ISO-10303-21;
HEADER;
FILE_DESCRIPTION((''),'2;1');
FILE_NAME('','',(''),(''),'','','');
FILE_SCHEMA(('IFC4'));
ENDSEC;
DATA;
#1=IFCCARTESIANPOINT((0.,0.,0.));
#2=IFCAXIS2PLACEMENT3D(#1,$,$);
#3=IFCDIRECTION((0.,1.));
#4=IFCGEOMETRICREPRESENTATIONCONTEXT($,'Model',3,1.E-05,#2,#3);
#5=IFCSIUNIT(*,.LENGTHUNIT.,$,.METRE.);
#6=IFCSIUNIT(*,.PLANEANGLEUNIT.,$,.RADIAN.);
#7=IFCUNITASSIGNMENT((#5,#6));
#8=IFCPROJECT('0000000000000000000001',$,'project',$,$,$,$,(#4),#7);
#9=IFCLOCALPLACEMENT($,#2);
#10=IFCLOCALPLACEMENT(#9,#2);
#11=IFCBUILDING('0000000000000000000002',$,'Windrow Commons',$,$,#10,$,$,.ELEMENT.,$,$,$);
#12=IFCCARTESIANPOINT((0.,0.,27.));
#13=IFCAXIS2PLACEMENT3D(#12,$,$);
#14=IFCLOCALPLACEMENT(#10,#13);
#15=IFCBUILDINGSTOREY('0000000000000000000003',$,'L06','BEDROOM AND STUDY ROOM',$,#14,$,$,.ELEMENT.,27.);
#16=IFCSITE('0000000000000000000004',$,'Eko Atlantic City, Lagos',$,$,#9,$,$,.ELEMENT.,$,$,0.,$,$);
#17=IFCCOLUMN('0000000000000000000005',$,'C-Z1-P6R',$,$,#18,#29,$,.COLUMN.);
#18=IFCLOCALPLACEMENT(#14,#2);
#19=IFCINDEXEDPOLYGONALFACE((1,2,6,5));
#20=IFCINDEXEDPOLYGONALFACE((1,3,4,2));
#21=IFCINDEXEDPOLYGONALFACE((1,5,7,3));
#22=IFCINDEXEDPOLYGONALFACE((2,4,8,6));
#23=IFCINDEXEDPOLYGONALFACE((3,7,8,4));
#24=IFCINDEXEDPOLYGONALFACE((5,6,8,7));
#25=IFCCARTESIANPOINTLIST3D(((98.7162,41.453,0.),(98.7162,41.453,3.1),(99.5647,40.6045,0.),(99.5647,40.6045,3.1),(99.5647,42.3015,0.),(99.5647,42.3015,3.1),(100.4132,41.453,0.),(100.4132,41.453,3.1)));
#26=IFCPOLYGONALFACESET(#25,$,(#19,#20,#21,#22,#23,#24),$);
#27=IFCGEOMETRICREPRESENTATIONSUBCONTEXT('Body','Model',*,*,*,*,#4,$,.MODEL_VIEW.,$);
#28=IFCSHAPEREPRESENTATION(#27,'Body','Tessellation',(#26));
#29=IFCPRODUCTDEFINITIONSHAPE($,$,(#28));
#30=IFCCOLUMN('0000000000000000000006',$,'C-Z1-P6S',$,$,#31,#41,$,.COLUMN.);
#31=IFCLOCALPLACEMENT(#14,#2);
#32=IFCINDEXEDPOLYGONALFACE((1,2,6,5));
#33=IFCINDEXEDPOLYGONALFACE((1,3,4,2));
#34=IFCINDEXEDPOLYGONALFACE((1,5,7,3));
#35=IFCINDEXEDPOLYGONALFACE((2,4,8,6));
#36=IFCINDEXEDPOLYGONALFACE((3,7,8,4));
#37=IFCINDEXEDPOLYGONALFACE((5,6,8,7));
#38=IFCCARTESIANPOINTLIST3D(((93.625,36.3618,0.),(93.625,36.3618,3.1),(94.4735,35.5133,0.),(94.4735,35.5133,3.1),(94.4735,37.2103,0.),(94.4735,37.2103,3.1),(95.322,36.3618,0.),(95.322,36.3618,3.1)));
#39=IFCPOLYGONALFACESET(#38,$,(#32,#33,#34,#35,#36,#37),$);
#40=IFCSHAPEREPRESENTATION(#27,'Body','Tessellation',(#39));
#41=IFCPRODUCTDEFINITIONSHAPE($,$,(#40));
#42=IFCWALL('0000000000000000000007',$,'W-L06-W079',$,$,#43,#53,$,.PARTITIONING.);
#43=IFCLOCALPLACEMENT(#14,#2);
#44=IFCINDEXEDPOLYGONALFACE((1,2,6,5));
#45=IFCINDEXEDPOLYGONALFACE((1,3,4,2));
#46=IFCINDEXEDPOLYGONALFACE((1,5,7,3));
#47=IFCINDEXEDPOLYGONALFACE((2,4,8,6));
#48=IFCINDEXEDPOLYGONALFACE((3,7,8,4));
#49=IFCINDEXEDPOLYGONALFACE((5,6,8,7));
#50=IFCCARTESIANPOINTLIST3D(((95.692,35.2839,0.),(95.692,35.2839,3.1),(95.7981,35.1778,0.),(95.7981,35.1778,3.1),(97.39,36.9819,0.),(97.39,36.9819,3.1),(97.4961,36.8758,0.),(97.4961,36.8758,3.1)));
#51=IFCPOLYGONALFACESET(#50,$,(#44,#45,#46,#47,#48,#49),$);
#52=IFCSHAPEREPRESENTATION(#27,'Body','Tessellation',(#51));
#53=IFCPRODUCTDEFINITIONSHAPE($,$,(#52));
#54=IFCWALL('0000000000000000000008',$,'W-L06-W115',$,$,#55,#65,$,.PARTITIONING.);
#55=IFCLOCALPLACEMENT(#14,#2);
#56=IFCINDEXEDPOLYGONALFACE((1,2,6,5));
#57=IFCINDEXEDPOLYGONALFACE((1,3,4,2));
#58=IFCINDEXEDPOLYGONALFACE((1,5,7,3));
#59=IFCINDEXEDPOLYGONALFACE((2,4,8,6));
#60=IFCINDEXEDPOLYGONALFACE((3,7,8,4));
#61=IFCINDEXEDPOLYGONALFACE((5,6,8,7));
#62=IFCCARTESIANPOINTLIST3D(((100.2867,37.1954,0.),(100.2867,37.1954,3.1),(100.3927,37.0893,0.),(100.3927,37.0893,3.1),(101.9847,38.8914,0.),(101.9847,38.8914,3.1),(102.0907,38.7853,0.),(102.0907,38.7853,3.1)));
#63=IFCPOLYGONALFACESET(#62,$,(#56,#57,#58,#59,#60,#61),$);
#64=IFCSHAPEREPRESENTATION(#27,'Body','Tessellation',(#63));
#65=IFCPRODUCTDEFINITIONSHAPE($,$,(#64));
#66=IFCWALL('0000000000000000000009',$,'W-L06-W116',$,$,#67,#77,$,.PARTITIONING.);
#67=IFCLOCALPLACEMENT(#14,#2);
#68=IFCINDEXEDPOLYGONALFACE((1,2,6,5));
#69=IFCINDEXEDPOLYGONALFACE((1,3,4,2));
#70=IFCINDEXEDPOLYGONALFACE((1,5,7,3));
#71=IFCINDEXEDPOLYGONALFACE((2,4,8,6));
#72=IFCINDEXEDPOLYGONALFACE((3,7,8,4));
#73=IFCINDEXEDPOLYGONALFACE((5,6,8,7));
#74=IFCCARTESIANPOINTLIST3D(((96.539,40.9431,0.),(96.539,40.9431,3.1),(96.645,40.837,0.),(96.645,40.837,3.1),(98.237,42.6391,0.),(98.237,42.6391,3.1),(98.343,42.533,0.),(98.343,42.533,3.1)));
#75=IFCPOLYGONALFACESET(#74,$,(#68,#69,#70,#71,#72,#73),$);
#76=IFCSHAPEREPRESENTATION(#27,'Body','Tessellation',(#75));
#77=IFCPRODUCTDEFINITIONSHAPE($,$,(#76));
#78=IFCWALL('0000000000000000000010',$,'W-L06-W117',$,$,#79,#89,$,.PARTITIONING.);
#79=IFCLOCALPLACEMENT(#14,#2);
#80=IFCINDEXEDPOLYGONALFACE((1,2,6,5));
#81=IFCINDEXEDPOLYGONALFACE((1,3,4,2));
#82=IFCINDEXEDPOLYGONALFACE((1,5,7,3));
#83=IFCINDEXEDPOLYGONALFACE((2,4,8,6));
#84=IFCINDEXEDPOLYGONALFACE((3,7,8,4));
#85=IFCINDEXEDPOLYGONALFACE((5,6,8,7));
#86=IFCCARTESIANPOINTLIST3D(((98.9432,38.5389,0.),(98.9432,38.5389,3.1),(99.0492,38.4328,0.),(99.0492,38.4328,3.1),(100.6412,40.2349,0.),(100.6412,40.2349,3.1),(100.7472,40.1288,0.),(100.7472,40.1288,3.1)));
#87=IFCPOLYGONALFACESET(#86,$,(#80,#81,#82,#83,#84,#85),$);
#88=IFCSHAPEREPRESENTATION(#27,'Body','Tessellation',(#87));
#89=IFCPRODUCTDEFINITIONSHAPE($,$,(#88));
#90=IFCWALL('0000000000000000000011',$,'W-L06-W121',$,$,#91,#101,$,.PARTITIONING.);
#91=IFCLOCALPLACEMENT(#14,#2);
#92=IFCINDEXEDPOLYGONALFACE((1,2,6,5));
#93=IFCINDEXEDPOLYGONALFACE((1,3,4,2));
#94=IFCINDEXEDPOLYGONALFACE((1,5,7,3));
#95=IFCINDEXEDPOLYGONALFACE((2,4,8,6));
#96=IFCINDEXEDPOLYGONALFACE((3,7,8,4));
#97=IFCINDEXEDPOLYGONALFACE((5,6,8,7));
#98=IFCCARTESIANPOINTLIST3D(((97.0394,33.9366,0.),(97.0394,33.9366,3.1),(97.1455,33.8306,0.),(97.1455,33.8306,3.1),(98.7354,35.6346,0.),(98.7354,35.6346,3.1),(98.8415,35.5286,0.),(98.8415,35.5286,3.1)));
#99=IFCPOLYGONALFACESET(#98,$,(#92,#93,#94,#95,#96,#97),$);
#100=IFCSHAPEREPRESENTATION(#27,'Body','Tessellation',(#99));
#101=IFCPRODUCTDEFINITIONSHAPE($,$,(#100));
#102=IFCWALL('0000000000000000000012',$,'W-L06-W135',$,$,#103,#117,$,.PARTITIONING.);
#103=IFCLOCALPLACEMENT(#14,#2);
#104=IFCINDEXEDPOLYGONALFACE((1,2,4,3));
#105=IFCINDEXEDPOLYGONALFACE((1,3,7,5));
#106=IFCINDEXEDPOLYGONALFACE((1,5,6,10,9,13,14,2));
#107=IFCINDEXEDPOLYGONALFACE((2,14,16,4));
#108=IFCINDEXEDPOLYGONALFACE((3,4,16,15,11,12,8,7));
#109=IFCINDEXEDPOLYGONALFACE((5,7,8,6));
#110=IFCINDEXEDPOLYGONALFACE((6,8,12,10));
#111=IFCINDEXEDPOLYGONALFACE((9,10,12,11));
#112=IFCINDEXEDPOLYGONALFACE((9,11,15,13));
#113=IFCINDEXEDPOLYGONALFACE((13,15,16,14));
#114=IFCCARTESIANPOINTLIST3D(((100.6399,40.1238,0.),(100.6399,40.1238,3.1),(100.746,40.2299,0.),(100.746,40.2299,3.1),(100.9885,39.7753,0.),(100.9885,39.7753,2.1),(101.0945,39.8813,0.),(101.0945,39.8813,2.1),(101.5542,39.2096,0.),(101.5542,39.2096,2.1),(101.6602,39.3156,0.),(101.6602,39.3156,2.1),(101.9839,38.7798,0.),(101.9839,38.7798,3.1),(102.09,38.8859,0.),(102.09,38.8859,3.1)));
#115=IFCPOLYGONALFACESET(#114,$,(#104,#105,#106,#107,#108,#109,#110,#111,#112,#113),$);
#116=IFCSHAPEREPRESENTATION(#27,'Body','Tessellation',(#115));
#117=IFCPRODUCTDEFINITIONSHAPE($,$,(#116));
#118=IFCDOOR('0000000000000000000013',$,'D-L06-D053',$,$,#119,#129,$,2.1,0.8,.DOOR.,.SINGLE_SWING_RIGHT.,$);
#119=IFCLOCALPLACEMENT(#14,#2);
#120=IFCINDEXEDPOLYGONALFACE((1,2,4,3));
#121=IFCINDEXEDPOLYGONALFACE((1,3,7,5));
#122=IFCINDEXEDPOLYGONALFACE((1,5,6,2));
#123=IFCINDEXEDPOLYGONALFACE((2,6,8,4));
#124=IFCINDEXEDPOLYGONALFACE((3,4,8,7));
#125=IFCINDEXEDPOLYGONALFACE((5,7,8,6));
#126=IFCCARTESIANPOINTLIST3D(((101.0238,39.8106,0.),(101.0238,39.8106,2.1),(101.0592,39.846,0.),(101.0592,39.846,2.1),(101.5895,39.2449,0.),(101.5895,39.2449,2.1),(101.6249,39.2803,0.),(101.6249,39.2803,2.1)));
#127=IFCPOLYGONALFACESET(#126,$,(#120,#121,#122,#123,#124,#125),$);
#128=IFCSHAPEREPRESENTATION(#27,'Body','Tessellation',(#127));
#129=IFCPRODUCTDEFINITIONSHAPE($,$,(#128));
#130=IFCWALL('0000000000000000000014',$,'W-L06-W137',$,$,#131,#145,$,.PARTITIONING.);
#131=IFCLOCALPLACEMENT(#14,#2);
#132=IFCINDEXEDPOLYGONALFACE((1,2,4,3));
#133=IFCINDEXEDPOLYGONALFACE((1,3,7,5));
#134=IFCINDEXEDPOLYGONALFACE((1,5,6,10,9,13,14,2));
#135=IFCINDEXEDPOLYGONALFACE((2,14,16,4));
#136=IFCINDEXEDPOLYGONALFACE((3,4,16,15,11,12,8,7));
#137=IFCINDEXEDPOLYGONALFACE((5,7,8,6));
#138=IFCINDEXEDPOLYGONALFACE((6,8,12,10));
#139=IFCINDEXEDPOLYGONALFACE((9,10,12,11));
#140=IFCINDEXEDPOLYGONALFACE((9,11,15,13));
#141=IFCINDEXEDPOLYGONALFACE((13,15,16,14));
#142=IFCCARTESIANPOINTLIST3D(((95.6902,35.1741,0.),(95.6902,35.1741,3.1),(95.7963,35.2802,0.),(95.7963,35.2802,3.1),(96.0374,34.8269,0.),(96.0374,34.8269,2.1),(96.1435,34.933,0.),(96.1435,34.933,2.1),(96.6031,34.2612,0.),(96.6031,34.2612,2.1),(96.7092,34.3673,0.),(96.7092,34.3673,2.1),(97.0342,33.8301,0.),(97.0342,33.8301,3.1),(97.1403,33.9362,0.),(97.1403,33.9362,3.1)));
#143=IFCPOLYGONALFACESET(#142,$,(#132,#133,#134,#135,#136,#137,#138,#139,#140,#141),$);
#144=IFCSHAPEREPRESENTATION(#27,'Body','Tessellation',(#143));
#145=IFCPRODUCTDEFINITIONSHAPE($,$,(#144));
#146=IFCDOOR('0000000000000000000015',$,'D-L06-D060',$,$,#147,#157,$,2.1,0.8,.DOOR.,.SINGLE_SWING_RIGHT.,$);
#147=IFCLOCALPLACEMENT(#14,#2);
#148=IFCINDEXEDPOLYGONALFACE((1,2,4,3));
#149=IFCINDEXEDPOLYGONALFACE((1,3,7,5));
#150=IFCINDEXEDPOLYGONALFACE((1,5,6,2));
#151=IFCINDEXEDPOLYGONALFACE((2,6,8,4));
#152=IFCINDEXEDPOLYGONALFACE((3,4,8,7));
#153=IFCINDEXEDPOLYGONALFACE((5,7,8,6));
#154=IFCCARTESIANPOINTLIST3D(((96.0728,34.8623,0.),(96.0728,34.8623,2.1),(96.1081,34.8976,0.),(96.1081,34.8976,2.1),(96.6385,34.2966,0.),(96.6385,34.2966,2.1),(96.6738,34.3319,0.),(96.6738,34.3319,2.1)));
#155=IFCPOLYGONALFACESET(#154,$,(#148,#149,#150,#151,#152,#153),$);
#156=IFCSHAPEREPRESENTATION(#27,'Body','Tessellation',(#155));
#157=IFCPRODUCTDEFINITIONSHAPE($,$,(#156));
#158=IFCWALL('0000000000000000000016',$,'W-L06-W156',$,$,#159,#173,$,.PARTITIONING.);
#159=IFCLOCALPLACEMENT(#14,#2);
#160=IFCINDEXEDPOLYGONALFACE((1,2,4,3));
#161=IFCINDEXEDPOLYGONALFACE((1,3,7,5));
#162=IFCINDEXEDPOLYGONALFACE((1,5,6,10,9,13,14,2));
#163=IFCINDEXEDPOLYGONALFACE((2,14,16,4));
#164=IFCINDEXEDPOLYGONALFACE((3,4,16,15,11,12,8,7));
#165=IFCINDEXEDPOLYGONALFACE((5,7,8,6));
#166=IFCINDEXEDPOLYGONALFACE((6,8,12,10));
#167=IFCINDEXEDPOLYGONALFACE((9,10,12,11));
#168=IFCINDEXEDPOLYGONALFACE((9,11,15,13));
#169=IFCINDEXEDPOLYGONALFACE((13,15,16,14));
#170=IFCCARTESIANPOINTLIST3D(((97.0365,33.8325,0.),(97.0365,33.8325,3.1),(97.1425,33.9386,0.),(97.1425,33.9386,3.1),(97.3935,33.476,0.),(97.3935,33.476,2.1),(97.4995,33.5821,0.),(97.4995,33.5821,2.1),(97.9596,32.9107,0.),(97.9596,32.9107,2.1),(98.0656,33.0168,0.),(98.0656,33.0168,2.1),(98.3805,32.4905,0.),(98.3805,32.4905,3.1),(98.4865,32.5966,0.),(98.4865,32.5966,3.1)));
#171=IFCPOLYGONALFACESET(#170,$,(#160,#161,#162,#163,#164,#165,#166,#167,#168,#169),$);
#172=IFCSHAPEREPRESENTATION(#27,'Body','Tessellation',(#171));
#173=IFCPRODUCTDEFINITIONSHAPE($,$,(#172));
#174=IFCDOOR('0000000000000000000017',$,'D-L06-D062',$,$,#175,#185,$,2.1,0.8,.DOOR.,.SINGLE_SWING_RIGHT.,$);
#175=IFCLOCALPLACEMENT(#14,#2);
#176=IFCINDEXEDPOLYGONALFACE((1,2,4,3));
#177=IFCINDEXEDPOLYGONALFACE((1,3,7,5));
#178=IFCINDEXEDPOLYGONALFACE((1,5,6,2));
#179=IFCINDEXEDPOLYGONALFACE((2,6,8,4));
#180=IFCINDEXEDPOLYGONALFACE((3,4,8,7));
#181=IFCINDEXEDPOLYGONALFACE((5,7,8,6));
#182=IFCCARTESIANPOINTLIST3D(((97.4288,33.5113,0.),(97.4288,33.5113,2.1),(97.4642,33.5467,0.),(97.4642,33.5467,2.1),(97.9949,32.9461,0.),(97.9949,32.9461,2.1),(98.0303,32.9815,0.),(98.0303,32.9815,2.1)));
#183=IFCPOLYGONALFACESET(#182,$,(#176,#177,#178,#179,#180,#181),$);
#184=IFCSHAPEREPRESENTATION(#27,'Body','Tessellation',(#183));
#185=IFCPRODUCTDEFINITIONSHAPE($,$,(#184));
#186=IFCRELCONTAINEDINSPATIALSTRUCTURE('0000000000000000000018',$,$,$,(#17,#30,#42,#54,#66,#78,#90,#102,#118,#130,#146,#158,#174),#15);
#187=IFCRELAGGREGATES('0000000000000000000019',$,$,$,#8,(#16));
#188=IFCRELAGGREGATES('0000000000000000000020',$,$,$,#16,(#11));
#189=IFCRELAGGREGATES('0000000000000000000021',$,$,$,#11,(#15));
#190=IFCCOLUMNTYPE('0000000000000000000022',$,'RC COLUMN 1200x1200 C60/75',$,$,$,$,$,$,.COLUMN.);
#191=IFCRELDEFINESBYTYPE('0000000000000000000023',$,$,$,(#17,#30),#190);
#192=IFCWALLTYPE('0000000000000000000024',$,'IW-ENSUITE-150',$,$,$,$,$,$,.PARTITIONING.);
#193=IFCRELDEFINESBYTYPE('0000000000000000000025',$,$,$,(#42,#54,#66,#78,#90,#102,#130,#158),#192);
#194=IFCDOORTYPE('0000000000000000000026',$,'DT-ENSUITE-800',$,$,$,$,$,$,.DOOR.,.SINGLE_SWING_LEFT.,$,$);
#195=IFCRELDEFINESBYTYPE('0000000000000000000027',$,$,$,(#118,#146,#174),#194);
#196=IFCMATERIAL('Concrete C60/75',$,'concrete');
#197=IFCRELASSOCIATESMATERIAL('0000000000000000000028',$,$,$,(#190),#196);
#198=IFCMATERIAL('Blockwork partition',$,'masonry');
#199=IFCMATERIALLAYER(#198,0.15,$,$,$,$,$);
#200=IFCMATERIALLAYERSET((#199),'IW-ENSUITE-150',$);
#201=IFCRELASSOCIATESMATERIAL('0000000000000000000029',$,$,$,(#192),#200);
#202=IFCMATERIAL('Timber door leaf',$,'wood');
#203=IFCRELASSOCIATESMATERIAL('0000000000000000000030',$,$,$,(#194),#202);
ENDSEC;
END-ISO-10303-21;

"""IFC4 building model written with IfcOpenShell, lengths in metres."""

from ifc_helpers import new_model, si_unit, direction, frame, frame_2d, origin, origin_2d, place, context, subcontext, project, spatial, rectangle, extrude, material, layer, layer_set, material_profile, profile_set, type_object, element, fill, save


model = new_model("IFC4")

# Units and contexts
model_context = context("Model", 3, precision=1e-05, world=origin(), true_north=direction((0.0, 1.0)))
body_context = subcontext(model_context, "Body", "Model", "MODEL_VIEW")
ifc_project = project(units=[si_unit("LENGTHUNIT", "METRE"), si_unit("PLANEANGLEUNIT", "RADIAN")], contexts=[model_context])

# Site, building, storey
site_placement = place(None, origin())
site = spatial("IfcSite", under=ifc_project, at=site_placement, Name="Eko Atlantic City, Lagos", CompositionType="ELEMENT", RefElevation=0.0)
building_placement = place(site_placement, origin())
building = spatial("IfcBuilding", under=site, at=building_placement, Name="Windrow Commons", CompositionType="ELEMENT")
storey_placement = place(building_placement, frame((0.0, 0.0, 27.0)))
storey = spatial("IfcBuildingStorey", under=building, at=storey_placement, Name="L06", Description="BEDROOM AND STUDY ROOM", CompositionType="ELEMENT", Elevation=27.0)

# Columns
ifc_material_1 = material(Name="Concrete C60/75", Category="concrete")
ifc_material_profile = material_profile(ifc_material_1, rectangle(XDim=1.2, YDim=1.2, at=origin_2d()))
ifc_profile_set = profile_set([ifc_material_profile], Name="Concrete C60/75")
column_type = type_object("IfcColumnType", Name="RC COLUMN 1200x1200 C60/75", PredefinedType="COLUMN", material=ifc_profile_set)
for number, where, z_axis, x_axis, name in (
    (1, (99.5647, 41.453, 0.0), (0.0, 0.0, 1.0), (0.707107, -0.707107, 0.0), "C-Z1-P6R"),
    (2, (94.4735, 36.3618, 0.0), (0.0, 0.0, 1.0), (0.707107, -0.707107, 0.0), "C-Z1-P6S"),
):
    element("IfcColumn", number, at=place(storey_placement, frame(where, z_axis=z_axis, x_axis=x_axis)), inside=storey, type_object=column_type, Name=name, PredefinedType="COLUMN", context=body_context, shape_type="SweptSolid", body=[
        extrude(rectangle(XDim=1.2, YDim=1.2, at=origin_2d()), origin(), (0.0, 0.0, 1.0), 3.1),
    ])

# Walls
ifc_material_2 = material(Name="Blockwork partition", Category="masonry")
ifc_layer_1 = layer(ifc_material_2, 0.15)
ifc_layer_set_1 = layer_set([ifc_layer_1], Name="IW-ENSUITE-150")
wall_type_1 = type_object("IfcWallType", Name="IW-ENSUITE-150", PredefinedType="PARTITIONING", material=ifc_layer_set_1)
wall_1_placement = place(storey_placement, frame((95.7451, 35.2309, 0.0), z_axis=(0.0, 0.0, 1.0), x_axis=(0.707107, 0.707107, 0.0)))
element("IfcWall", 3, at=wall_1_placement, inside=storey, type_object=wall_type_1, Name="W-L06-W079", PredefinedType="PARTITIONING", context=body_context, shape_type="SweptSolid", body=[
    extrude(rectangle(XDim=2.4013, YDim=0.15, at=frame_2d((1.2006, 0.0))), origin(), (0.0, 0.0, 1.0), 3.1),
])
for number, where, z_axis, x_axis, name in (
    (4, (100.3397, 37.1423, 0.0), (0.0, 0.0, 1.0), (0.707523, 0.70669, 0.0), "W-L06-W115"),
    (5, (96.592, 40.89, 0.0), (0.0, 0.0, 1.0), (0.707523, 0.70669, 0.0), "W-L06-W116"),
    (6, (98.9962, 38.4858, 0.0), (0.0, 0.0, 1.0), (0.707523, 0.70669, 0.0), "W-L06-W117"),
    (7, (97.0924, 33.8836, 0.0), (0.0, 0.0, 1.0), (0.70669, 0.707523, 0.0), "W-L06-W121"),
):
    element("IfcWall", number, at=place(storey_placement, frame(where, z_axis=z_axis, x_axis=x_axis)), inside=storey, type_object=wall_type_1, Name=name, PredefinedType="PARTITIONING", context=body_context, shape_type="SweptSolid", body=[
        extrude(rectangle(XDim=2.3999, YDim=0.15, at=frame_2d((1.2, 0.0))), origin(), (0.0, 0.0, 1.0), 3.1),
    ])

# Walls, openings, doors
wall_2_placement = place(storey_placement, frame((100.6929, 40.1769, 0.0), z_axis=(0.0, 0.0, 1.0), x_axis=(0.707107, -0.707107, 0.0)))
wall_2 = element("IfcWall", 8, at=wall_2_placement, inside=storey, type_object=wall_type_1, Name="W-L06-W135", PredefinedType="PARTITIONING", context=body_context, shape_type="SweptSolid", body=[
    extrude(rectangle(XDim=1.9007, YDim=0.15, at=frame_2d((0.9504, 0.0))), origin(), (0.0, 0.0, 1.0), 3.1),
])
opening_1_placement = place(wall_2_placement, frame((0.493, 0.0, 0.0)))
opening_1 = element("IfcOpeningElement", 9, at=opening_1_placement, cuts=wall_2, PredefinedType="OPENING", context=body_context, shape_type="SweptSolid", body=[
    extrude(rectangle(XDim=0.8, YDim=2.1, at=frame_2d((0.4, 1.05))), frame((0.0, 0.085, 0.0), z_axis=(0.0, -1.0, 0.0), x_axis=(1.0, 0.0, 0.0)), (0.0, 0.0, 1.0), 0.17),
])
ifc_material_3 = material(Name="Timber door leaf", Category="wood")
door_type = type_object("IfcDoorType", Name="DT-ENSUITE-800", OperationType="SINGLE_SWING_LEFT", PredefinedType="DOOR", material=ifc_material_3)
door_1_placement = place(opening_1_placement, origin())
door_1 = element("IfcDoor", 10, at=door_1_placement, inside=storey, type_object=door_type, Name="D-L06-D053", OperationType="SINGLE_SWING_RIGHT", OverallHeight=2.1, OverallWidth=0.8, PredefinedType="DOOR", context=body_context, shape_type="SweptSolid", body=[
    extrude(rectangle(XDim=0.8, YDim=2.1, at=frame_2d((0.4, 1.05))), frame((0.0, 0.025, 0.0), z_axis=(0.0, -1.0, 0.0), x_axis=(1.0, 0.0, 0.0)), (0.0, 0.0, 1.0), 0.05),
])
fill(opening_1, door_1)
wall_3_placement = place(storey_placement, frame((95.7432, 35.2272, 0.0), z_axis=(0.0, 0.0, 1.0), x_axis=(0.707107, -0.707107, 0.0)))
wall_3 = element("IfcWall", 11, at=wall_3_placement, inside=storey, type_object=wall_type_1, Name="W-L06-W137", PredefinedType="PARTITIONING", context=body_context, shape_type="SweptSolid", body=[
    extrude(rectangle(XDim=1.9007, YDim=0.15, at=frame_2d((0.9504, 0.0))), origin(), (0.0, 0.0, 1.0), 3.1),
])
opening_2_placement = place(wall_3_placement, frame((0.4911, 0.0, 0.0)))
opening_2 = element("IfcOpeningElement", 12, at=opening_2_placement, cuts=wall_3, PredefinedType="OPENING", context=body_context, shape_type="SweptSolid", body=[
    extrude(rectangle(XDim=0.8, YDim=2.1, at=frame_2d((0.4, 1.05))), frame((0.0, 0.085, 0.0), z_axis=(0.0, -1.0, 0.0), x_axis=(1.0, 0.0, 0.0)), (0.0, 0.0, 1.0), 0.17),
])
door_2_placement = place(opening_2_placement, origin())
door_2 = element("IfcDoor", 13, at=door_2_placement, inside=storey, type_object=door_type, Name="D-L06-D060", OperationType="SINGLE_SWING_RIGHT", OverallHeight=2.1, OverallWidth=0.8, PredefinedType="DOOR", context=body_context, shape_type="SweptSolid", body=[
    extrude(rectangle(XDim=0.8, YDim=2.1, at=frame_2d((0.4, 1.05))), frame((0.0, 0.025, 0.0), z_axis=(0.0, -1.0, 0.0), x_axis=(1.0, 0.0, 0.0)), (0.0, 0.0, 1.0), 0.05),
])
fill(opening_2, door_2)
wall_4_placement = place(storey_placement, frame((97.0895, 33.8855, 0.0), z_axis=(0.0, 0.0, 1.0), x_axis=(0.707633, -0.70658, 0.0)))
wall_4 = element("IfcWall", 14, at=wall_4_placement, inside=storey, type_object=wall_type_1, Name="W-L06-W156", PredefinedType="PARTITIONING", context=body_context, shape_type="SweptSolid", body=[
    extrude(rectangle(XDim=1.8993, YDim=0.15, at=frame_2d((0.9496, 0.0))), origin(), (0.0, 0.0, 1.0), 3.1),
])
opening_3_placement = place(wall_4_placement, frame((0.5045, 0.0, 0.0)))
opening_3 = element("IfcOpeningElement", 15, at=opening_3_placement, cuts=wall_4, PredefinedType="OPENING", context=body_context, shape_type="SweptSolid", body=[
    extrude(rectangle(XDim=0.8, YDim=2.1, at=frame_2d((0.4, 1.05))), frame((0.0, 0.085, 0.0), z_axis=(0.0, -1.0, 0.0), x_axis=(1.0, 0.0, 0.0)), (0.0, 0.0, 1.0), 0.17),
])
door_3_placement = place(opening_3_placement, origin())
door_3 = element("IfcDoor", 16, at=door_3_placement, inside=storey, type_object=door_type, Name="D-L06-D062", OperationType="SINGLE_SWING_RIGHT", OverallHeight=2.1, OverallWidth=0.8, PredefinedType="DOOR", context=body_context, shape_type="SweptSolid", body=[
    extrude(rectangle(XDim=0.8, YDim=2.1, at=frame_2d((0.4, 1.05))), frame((0.0, 0.025, 0.0), z_axis=(0.0, -1.0, 0.0), x_axis=(1.0, 0.0, 0.0)), (0.0, 0.0, 1.0), 0.05),
])
fill(opening_3, door_3)

save(model, "model.ifc")
